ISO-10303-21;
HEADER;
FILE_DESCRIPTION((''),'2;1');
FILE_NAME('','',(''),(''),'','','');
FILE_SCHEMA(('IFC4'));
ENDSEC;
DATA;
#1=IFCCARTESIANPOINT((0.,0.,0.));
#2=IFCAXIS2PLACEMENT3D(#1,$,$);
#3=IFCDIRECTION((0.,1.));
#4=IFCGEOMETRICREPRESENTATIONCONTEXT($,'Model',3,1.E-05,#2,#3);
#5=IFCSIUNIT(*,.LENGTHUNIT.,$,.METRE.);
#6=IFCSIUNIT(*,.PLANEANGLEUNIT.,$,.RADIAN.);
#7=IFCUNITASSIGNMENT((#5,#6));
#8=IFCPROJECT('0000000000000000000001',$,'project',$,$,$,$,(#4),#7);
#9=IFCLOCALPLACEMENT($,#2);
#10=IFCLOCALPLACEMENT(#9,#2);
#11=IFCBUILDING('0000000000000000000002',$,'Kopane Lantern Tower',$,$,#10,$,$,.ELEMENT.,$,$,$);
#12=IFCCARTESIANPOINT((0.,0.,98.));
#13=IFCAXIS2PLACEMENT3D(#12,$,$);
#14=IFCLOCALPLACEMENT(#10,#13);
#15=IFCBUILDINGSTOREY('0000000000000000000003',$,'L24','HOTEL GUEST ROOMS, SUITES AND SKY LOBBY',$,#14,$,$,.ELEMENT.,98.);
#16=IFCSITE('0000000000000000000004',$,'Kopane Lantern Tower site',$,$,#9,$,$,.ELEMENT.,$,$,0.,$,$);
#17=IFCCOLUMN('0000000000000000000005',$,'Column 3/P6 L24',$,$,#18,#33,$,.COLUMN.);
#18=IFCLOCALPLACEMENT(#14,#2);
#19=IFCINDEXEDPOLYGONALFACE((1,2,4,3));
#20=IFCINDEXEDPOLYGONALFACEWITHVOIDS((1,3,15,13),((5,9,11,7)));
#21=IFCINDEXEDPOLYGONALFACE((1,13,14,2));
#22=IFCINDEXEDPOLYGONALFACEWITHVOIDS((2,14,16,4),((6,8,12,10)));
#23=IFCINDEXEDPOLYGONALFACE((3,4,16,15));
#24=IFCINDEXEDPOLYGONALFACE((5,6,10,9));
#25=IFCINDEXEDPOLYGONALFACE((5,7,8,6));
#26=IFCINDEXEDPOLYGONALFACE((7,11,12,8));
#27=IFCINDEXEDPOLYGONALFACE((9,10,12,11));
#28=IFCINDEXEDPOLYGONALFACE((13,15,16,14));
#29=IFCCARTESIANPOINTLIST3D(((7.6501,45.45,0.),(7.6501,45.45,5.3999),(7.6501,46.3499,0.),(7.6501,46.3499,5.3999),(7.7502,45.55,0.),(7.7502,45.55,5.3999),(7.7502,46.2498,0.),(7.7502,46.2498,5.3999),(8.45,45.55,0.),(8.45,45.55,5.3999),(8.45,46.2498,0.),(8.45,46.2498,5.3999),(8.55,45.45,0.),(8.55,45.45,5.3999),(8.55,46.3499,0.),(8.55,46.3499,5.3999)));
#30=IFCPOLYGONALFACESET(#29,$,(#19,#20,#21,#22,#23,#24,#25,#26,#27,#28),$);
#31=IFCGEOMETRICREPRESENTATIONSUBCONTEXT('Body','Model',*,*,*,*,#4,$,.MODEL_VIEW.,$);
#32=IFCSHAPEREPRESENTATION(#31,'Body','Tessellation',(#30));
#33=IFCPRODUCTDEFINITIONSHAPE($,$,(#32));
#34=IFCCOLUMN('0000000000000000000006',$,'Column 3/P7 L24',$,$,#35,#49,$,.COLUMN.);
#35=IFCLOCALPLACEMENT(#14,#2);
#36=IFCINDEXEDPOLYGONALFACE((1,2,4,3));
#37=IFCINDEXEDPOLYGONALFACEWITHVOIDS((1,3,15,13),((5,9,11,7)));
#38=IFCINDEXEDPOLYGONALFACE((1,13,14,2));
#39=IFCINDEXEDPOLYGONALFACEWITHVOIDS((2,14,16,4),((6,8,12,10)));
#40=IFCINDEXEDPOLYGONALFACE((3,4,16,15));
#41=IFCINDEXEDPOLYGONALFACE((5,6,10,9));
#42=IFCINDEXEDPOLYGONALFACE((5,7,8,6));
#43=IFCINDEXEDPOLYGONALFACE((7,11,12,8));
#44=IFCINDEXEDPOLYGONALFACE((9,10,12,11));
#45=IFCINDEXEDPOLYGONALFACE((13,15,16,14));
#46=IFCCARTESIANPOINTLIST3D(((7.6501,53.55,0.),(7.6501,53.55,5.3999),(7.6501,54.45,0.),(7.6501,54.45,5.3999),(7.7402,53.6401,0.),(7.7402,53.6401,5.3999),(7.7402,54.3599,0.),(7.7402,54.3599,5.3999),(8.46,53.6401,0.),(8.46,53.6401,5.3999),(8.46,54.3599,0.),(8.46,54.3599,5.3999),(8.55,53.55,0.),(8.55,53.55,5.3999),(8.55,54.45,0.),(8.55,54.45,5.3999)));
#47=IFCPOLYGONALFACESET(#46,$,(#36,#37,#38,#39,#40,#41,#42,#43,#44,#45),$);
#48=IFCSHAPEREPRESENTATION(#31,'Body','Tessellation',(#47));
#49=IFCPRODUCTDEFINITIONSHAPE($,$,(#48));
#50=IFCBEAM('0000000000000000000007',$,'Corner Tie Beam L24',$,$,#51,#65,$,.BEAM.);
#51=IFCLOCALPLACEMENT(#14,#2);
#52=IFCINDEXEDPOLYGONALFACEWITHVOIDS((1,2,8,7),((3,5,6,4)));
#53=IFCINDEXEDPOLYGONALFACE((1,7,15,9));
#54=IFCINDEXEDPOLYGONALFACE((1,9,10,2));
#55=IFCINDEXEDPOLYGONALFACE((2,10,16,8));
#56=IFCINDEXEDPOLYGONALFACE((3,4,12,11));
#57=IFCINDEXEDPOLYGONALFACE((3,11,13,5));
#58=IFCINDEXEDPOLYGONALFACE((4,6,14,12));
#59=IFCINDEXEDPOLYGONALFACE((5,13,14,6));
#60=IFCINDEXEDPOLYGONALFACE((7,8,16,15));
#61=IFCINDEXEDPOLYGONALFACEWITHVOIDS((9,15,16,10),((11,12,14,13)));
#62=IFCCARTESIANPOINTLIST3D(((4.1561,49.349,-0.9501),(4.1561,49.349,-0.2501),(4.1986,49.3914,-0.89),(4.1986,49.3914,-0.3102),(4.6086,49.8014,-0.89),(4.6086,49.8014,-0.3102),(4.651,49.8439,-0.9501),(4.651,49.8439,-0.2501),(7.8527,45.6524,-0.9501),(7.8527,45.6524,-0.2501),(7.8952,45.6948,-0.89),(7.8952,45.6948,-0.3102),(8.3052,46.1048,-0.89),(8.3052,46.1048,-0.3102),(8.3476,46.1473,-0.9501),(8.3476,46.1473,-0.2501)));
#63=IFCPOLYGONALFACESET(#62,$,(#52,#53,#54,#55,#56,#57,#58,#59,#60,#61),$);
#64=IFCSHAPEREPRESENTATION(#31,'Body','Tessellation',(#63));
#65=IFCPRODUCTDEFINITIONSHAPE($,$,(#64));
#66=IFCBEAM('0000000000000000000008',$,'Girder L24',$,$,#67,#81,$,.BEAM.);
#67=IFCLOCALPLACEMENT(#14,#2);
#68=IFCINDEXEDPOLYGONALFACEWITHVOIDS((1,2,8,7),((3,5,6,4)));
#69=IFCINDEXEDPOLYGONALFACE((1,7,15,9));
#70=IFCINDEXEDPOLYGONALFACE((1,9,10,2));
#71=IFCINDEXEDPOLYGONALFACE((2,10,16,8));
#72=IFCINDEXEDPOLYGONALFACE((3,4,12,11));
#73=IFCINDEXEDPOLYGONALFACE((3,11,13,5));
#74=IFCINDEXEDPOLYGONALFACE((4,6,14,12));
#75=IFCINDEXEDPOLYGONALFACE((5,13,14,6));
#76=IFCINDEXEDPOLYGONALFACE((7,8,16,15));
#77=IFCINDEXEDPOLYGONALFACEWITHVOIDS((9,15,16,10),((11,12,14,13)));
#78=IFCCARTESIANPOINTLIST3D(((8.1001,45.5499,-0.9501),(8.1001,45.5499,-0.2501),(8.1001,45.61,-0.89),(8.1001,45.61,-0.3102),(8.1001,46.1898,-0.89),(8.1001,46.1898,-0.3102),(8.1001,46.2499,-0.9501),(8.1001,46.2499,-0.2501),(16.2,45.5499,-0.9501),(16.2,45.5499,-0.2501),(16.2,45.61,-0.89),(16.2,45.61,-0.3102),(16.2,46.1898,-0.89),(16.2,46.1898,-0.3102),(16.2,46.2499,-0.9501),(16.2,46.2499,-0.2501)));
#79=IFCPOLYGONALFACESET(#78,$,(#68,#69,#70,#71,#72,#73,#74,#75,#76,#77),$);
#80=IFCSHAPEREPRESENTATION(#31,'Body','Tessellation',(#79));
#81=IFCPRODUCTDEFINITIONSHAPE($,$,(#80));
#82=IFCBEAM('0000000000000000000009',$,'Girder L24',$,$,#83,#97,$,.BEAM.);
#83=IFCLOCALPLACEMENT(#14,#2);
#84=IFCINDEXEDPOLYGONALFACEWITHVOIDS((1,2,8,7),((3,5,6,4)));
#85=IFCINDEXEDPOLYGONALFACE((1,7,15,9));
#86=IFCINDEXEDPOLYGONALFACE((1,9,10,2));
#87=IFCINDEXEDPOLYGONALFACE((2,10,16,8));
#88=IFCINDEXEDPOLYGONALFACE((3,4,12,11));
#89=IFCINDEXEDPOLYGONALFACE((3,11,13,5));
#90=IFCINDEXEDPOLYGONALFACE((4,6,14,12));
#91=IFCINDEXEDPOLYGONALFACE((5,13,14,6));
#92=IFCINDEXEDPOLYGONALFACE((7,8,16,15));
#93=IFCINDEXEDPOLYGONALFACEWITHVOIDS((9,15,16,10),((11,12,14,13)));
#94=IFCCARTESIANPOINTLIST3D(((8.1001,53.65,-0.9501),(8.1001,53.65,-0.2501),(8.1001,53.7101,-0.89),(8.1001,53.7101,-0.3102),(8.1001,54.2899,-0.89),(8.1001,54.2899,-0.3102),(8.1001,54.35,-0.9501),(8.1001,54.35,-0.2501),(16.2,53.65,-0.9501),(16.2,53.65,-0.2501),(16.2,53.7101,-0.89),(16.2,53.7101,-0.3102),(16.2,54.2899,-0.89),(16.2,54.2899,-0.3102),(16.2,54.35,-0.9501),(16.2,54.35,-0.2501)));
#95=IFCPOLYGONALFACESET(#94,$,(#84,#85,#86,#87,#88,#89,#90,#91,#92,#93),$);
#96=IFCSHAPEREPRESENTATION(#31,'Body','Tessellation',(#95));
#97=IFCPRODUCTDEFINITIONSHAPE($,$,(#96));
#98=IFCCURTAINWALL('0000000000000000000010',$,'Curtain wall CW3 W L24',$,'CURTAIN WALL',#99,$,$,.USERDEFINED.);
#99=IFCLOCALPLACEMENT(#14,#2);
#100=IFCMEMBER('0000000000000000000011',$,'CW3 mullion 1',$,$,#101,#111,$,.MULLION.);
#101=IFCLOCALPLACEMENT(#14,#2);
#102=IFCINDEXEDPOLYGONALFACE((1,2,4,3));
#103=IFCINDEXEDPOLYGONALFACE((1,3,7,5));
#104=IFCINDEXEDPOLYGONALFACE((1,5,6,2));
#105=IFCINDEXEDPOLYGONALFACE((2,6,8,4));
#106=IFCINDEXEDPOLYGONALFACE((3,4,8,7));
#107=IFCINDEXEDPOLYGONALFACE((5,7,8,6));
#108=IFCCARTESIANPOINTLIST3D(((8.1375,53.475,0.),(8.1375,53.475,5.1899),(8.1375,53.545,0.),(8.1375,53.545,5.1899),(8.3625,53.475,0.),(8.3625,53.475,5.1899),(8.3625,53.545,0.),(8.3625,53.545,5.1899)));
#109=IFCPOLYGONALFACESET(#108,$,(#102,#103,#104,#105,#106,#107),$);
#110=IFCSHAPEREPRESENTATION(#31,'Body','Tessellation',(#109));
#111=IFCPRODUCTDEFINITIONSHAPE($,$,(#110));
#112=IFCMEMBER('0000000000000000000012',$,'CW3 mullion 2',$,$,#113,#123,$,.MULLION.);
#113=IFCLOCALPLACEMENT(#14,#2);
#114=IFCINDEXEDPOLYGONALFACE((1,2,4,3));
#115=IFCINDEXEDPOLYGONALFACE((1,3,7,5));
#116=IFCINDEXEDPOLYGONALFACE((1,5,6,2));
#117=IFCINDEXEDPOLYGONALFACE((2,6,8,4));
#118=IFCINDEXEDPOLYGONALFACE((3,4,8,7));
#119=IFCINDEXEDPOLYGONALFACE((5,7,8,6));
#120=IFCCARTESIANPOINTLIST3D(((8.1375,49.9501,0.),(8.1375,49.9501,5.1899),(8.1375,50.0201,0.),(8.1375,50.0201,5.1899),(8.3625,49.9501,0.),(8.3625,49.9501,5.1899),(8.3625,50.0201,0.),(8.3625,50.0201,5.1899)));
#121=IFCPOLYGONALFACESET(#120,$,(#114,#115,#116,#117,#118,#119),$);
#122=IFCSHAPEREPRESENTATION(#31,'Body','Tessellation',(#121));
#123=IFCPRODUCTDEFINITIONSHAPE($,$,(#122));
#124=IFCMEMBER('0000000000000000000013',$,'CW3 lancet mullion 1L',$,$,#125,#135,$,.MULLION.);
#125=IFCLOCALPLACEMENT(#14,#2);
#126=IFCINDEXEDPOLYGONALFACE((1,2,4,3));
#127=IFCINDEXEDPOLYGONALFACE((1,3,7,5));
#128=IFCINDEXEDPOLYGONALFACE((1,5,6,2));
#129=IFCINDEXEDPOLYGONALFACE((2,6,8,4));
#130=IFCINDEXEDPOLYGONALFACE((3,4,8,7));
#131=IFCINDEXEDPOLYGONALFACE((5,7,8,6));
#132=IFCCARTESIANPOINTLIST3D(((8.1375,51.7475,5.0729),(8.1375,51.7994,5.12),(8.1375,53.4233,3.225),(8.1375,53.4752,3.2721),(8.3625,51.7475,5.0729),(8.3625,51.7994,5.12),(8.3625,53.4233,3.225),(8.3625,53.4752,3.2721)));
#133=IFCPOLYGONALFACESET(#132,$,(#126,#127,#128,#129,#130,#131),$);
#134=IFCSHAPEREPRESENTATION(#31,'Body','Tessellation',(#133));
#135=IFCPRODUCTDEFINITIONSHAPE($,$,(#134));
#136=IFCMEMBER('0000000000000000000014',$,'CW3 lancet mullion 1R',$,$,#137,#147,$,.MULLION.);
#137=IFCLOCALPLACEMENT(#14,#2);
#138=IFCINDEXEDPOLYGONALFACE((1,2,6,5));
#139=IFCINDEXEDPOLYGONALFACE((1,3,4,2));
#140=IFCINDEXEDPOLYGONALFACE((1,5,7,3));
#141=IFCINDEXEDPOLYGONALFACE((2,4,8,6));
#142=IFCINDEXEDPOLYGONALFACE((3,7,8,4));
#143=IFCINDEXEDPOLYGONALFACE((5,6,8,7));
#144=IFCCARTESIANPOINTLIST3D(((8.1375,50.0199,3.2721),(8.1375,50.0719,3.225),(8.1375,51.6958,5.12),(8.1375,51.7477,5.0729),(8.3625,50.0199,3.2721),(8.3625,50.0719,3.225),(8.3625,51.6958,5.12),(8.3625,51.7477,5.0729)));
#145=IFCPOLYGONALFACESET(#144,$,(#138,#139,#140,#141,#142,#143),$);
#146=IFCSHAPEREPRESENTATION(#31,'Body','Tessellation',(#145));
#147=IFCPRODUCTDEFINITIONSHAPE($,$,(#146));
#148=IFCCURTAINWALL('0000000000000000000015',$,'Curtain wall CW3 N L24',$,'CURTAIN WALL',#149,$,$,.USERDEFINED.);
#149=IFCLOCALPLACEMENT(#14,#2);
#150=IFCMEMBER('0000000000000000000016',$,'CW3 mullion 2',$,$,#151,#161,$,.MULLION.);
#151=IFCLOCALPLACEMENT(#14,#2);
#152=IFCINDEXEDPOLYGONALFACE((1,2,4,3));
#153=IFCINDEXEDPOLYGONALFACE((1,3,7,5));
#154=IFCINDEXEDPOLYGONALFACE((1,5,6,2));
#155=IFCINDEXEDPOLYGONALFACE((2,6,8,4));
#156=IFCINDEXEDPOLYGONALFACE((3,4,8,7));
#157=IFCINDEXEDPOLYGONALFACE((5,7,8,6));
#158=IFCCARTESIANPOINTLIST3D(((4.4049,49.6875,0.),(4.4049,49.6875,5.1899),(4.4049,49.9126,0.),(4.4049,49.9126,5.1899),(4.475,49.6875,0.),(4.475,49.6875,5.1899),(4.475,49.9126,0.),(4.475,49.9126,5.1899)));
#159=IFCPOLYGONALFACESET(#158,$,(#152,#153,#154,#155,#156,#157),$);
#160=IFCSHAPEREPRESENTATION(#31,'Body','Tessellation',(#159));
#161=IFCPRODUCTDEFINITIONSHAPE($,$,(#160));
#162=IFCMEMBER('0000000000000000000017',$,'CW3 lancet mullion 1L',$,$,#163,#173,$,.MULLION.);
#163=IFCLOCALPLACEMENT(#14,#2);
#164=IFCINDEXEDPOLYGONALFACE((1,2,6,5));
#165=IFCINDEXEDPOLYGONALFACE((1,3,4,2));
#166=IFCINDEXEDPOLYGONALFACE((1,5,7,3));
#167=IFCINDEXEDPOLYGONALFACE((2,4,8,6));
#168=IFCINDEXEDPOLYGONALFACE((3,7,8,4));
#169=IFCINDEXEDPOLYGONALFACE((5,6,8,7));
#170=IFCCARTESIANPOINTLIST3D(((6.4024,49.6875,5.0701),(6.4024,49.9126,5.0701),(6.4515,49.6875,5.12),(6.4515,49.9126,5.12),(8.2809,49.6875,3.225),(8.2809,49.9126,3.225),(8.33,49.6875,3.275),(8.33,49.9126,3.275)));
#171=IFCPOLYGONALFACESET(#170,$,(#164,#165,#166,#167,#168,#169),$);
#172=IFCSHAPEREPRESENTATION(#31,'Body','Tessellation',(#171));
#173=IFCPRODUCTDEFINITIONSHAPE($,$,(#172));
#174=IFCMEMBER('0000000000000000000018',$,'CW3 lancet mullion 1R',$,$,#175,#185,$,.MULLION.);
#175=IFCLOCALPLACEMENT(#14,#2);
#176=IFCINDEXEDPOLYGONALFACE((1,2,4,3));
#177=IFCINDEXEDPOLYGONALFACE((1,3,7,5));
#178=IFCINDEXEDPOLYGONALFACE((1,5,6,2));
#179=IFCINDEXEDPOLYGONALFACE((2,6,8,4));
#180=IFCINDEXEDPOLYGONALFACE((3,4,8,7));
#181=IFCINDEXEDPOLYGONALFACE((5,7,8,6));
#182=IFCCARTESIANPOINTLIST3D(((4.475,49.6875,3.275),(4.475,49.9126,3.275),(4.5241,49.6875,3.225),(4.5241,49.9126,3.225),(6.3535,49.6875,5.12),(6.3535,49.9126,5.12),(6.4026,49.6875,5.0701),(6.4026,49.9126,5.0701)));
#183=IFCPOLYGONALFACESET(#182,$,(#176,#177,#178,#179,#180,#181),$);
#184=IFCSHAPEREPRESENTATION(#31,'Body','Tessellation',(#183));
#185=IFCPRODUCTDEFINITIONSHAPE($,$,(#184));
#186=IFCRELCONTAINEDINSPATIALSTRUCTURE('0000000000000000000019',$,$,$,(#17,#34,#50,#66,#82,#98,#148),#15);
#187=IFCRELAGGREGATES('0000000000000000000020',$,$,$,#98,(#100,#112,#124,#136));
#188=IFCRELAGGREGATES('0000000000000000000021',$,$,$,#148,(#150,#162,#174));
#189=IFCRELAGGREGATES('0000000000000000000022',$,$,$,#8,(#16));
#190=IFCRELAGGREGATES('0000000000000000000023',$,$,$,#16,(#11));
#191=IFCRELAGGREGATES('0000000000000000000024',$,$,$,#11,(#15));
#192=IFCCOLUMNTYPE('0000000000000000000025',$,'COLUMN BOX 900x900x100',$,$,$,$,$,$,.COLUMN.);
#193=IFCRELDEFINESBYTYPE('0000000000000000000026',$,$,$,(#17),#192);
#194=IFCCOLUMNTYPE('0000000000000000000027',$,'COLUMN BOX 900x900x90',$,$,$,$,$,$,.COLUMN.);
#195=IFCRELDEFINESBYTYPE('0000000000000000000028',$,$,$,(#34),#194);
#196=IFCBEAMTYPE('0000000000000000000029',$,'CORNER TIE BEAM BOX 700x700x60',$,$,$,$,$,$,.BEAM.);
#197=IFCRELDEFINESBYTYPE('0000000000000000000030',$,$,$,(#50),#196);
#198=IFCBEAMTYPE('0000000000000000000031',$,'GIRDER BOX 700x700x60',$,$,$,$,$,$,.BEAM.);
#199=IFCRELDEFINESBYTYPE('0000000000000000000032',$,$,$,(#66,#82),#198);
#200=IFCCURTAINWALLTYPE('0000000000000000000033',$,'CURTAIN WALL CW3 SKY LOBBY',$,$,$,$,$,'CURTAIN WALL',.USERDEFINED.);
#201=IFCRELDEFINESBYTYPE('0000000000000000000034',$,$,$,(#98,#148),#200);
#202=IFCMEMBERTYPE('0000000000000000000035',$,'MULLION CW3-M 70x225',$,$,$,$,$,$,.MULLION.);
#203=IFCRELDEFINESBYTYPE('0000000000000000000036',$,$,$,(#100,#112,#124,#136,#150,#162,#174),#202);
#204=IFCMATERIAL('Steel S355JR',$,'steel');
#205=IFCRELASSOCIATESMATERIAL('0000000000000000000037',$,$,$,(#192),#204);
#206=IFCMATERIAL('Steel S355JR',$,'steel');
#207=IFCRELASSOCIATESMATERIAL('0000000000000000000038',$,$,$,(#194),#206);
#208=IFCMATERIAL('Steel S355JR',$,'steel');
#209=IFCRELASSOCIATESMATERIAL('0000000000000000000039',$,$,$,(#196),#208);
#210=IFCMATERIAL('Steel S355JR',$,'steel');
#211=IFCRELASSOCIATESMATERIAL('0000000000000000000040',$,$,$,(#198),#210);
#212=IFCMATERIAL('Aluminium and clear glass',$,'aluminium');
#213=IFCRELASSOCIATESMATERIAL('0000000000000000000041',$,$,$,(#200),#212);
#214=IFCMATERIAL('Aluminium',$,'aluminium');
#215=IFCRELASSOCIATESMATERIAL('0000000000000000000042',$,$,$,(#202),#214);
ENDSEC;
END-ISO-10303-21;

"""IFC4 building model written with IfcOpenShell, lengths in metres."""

from ifc_helpers import new_model, si_unit, direction, frame, origin, origin_2d, place, context, subcontext, project, spatial, rectangle, hollow_rectangle, extrude, material, material_profile, profile_set, type_object, element, aggregate, save


model = new_model("IFC4")

# Units and contexts
model_context = context("Model", 3, precision=1e-05, world=origin(), true_north=direction((0.0, 1.0)))
body_context = subcontext(model_context, "Body", "Model", "MODEL_VIEW")
ifc_project = project(units=[si_unit("LENGTHUNIT", "METRE"), si_unit("PLANEANGLEUNIT", "RADIAN")], contexts=[model_context])

# Site, building, storey
site_placement = place(None, origin())
site = spatial("IfcSite", under=ifc_project, at=site_placement, Name="Kopane Lantern Tower site", CompositionType="ELEMENT", RefElevation=0.0)
building_placement = place(site_placement, origin())
building = spatial("IfcBuilding", under=site, at=building_placement, Name="Kopane Lantern Tower", CompositionType="ELEMENT")
storey_placement = place(building_placement, frame((0.0, 0.0, 98.0)))
storey = spatial("IfcBuildingStorey", under=building, at=storey_placement, Name="L24", Description="HOTEL GUEST ROOMS, SUITES AND SKY LOBBY", CompositionType="ELEMENT", Elevation=98.0)

# Columns
ifc_material_1 = material(Name="Steel S355JR", Category="steel")
ifc_material_profile_1 = material_profile(ifc_material_1, hollow_rectangle(XDim=0.8999, YDim=0.8999, WallThickness=0.1001, at=origin_2d()), Name="BOX 900x900x100")
ifc_profile_set_1 = profile_set([ifc_material_profile_1], Name="Steel S355JR")
column_type_1 = type_object("IfcColumnType", Name="COLUMN BOX 900x900x100", PredefinedType="COLUMN", material=ifc_profile_set_1)
column_1_placement = place(storey_placement, frame((8.1001, 45.8999, 0.0), z_axis=(0.0, 0.0, 1.0), x_axis=(1.0, 0.0, 0.0)))
element("IfcColumn", 1, at=column_1_placement, inside=storey, type_object=column_type_1, Name="Column 3/P6 L24", PredefinedType="COLUMN", context=body_context, shape_type="SweptSolid", body=[
    extrude(hollow_rectangle(XDim=0.8999, YDim=0.8999, WallThickness=0.1001, at=origin_2d()), origin(), (0.0, 0.0, 1.0), 5.3999),
])
ifc_material_2 = material(Name="Steel S355JR", Category="steel")
ifc_material_profile_2 = material_profile(ifc_material_2, hollow_rectangle(XDim=0.8999, YDim=0.8999, WallThickness=0.0901, at=origin_2d()), Name="BOX 900x900x90")
ifc_profile_set_2 = profile_set([ifc_material_profile_2], Name="Steel S355JR")
column_type_2 = type_object("IfcColumnType", Name="COLUMN BOX 900x900x90", PredefinedType="COLUMN", material=ifc_profile_set_2)
column_2_placement = place(storey_placement, frame((8.1001, 54.0, 0.0), z_axis=(0.0, 0.0, 1.0), x_axis=(1.0, 0.0, 0.0)))
element("IfcColumn", 2, at=column_2_placement, inside=storey, type_object=column_type_2, Name="Column 3/P7 L24", PredefinedType="COLUMN", context=body_context, shape_type="SweptSolid", body=[
    extrude(hollow_rectangle(XDim=0.8999, YDim=0.8999, WallThickness=0.0901, at=origin_2d()), origin(), (0.0, 0.0, 1.0), 5.3999),
])

# Beams
ifc_material_3 = material(Name="Steel S355JR", Category="steel")
ifc_material_profile_3 = material_profile(ifc_material_3, hollow_rectangle(XDim=0.7, YDim=0.7, WallThickness=0.0601, at=origin_2d()), Name="BOX 700x700x60")
ifc_profile_set_3 = profile_set([ifc_material_profile_3], Name="Steel S355JR")
beam_type_1 = type_object("IfcBeamType", Name="CORNER TIE BEAM BOX 700x700x60", PredefinedType="BEAM", material=ifc_profile_set_3)
beam_1_placement = place(storey_placement, frame((4.4036, 49.5964, -0.6001), z_axis=(0.707107, -0.707107, 0.0), x_axis=(0.707107, 0.707107, 0.0)))
element("IfcBeam", 3, at=beam_1_placement, inside=storey, type_object=beam_type_1, Name="Corner Tie Beam L24", PredefinedType="BEAM", context=body_context, shape_type="SweptSolid", body=[
    extrude(hollow_rectangle(XDim=0.7, YDim=0.7, WallThickness=0.0601, at=origin_2d()), origin(), (0.0, 0.0, 1.0), 5.2278),
])
ifc_material_4 = material(Name="Steel S355JR", Category="steel")
ifc_material_profile_4 = material_profile(ifc_material_4, hollow_rectangle(XDim=0.7, YDim=0.7, WallThickness=0.0601, at=origin_2d()), Name="BOX 700x700x60")
ifc_profile_set_4 = profile_set([ifc_material_profile_4], Name="Steel S355JR")
beam_type_2 = type_object("IfcBeamType", Name="GIRDER BOX 700x700x60", PredefinedType="BEAM", material=ifc_profile_set_4)
for number, where, z_axis, x_axis, name in (
    (4, (8.1001, 45.8999, -0.6001), (1.0, 0.0, 0.0), (0.0, 1.0, 0.0), "Girder L24"),
    (5, (8.1001, 54.0, -0.6001), (1.0, 0.0, 0.0), (0.0, 1.0, 0.0), "Girder L24"),
):
    element("IfcBeam", number, at=place(storey_placement, frame(where, z_axis=z_axis, x_axis=x_axis)), inside=storey, type_object=beam_type_2, Name=name, PredefinedType="BEAM", context=body_context, shape_type="SweptSolid", body=[
        extrude(hollow_rectangle(XDim=0.7, YDim=0.7, WallThickness=0.0601, at=origin_2d()), origin(), (0.0, 0.0, 1.0), 8.0999),
    ])

# Curtain walls, members
ifc_material_5 = material(Name="Aluminium and clear glass", Category="aluminium")
curtain_wall_type = type_object("IfcCurtainWallType", Name="CURTAIN WALL CW3 SKY LOBBY", ElementType="CURTAIN WALL", PredefinedType="USERDEFINED", material=ifc_material_5)
curtain_wall_1_placement = place(storey_placement, origin())
curtain_wall_1 = element("IfcCurtainWall", 6, at=curtain_wall_1_placement, inside=storey, type_object=curtain_wall_type, Name="Curtain wall CW3 W L24", ObjectType="CURTAIN WALL", PredefinedType="USERDEFINED")
ifc_material_6 = material(Name="Aluminium", Category="aluminium")
ifc_material_profile_5 = material_profile(ifc_material_6, rectangle(XDim=0.0701, YDim=0.2251, at=origin_2d()), Name="AL 70x225")
ifc_profile_set_5 = profile_set([ifc_material_profile_5], Name="Aluminium")
member_type_1 = type_object("IfcMemberType", Name="MULLION CW3-M 70x225", PredefinedType="MULLION", material=ifc_profile_set_5)
member_1_placement = place(storey_placement, frame((8.25, 53.51, 0.0), z_axis=(0.0, 0.0, 1.0), x_axis=(0.0, -1.0, 0.0)))
member_1 = element("IfcMember", 7, at=member_1_placement, type_object=member_type_1, Name="CW3 mullion 1", PredefinedType="MULLION", context=body_context, shape_type="SweptSolid", body=[
    extrude(rectangle(XDim=0.0701, YDim=0.2251, at=origin_2d()), origin(), (0.0, 0.0, 1.0), 5.1899),
])
member_2_placement = place(storey_placement, frame((8.25, 49.9851, 0.0), z_axis=(0.0, 0.0, 1.0), x_axis=(0.0, -1.0, 0.0)))
member_2 = element("IfcMember", 8, at=member_2_placement, type_object=member_type_1, Name="CW3 mullion 2", PredefinedType="MULLION", context=body_context, shape_type="SweptSolid", body=[
    extrude(rectangle(XDim=0.0701, YDim=0.2251, at=origin_2d()), origin(), (0.0, 0.0, 1.0), 5.1899),
])
member_3_placement = place(storey_placement, frame((8.25, 53.4492, 3.2485), z_axis=(0.0, -0.671766, 0.740763), x_axis=(0.0, 0.740763, 0.671766)))
member_3 = element("IfcMember", 9, at=member_3_placement, type_object=member_type_1, Name="CW3 lancet mullion 1L", PredefinedType="MULLION", context=body_context, shape_type="SweptSolid", body=[
    extrude(rectangle(XDim=0.0701, YDim=0.2251, at=origin_2d()), origin(), (0.0, 0.0, 1.0), 2.4946),
])
member_4_placement = place(storey_placement, frame((8.25, 50.0459, 3.2485), z_axis=(0.0, 0.671766, 0.740763), x_axis=(0.0, -0.740763, 0.671766)))
member_4 = element("IfcMember", 10, at=member_4_placement, type_object=member_type_1, Name="CW3 lancet mullion 1R", PredefinedType="MULLION", context=body_context, shape_type="SweptSolid", body=[
    extrude(rectangle(XDim=0.0701, YDim=0.2251, at=origin_2d()), origin(), (0.0, 0.0, 1.0), 2.4946),
])
curtain_wall_2_placement = place(storey_placement, origin())
curtain_wall_2 = element("IfcCurtainWall", 11, at=curtain_wall_2_placement, inside=storey, type_object=curtain_wall_type, Name="Curtain wall CW3 N L24", ObjectType="CURTAIN WALL", PredefinedType="USERDEFINED")
member_5_placement = place(storey_placement, frame((4.4399, 49.8, 0.0), z_axis=(0.0, 0.0, 1.0), x_axis=(-1.0, 0.0, 0.0)))
member_5 = element("IfcMember", 12, at=member_5_placement, type_object=member_type_1, Name="CW3 mullion 2", PredefinedType="MULLION", context=body_context, shape_type="SweptSolid", body=[
    extrude(rectangle(XDim=0.0701, YDim=0.2251, at=origin_2d()), origin(), (0.0, 0.0, 1.0), 5.1899),
])
member_6_placement = place(storey_placement, frame((8.3054, 49.8, 3.25), z_axis=(-0.71343, 0.0, 0.700727), x_axis=(0.700727, 0.0, 0.71343)))
member_6 = element("IfcMember", 13, at=member_6_placement, type_object=member_type_1, Name="CW3 lancet mullion 1L", PredefinedType="MULLION", context=body_context, shape_type="SweptSolid", body=[
    extrude(rectangle(XDim=0.0701, YDim=0.2251, at=origin_2d()), origin(), (0.0, 0.0, 1.0), 2.6331),
])
member_7_placement = place(storey_placement, frame((4.4995, 49.8, 3.25), z_axis=(0.71343, 0.0, 0.700727), x_axis=(-0.700727, 0.0, 0.71343)))
member_7 = element("IfcMember", 14, at=member_7_placement, type_object=member_type_1, Name="CW3 lancet mullion 1R", PredefinedType="MULLION", context=body_context, shape_type="SweptSolid", body=[
    extrude(rectangle(XDim=0.0701, YDim=0.2251, at=origin_2d()), origin(), (0.0, 0.0, 1.0), 2.6331),
])

aggregate(curtain_wall_1, [member_1, member_2, member_3, member_4])
aggregate(curtain_wall_2, [member_5, member_6, member_7])

save(model, "model.ifc")
